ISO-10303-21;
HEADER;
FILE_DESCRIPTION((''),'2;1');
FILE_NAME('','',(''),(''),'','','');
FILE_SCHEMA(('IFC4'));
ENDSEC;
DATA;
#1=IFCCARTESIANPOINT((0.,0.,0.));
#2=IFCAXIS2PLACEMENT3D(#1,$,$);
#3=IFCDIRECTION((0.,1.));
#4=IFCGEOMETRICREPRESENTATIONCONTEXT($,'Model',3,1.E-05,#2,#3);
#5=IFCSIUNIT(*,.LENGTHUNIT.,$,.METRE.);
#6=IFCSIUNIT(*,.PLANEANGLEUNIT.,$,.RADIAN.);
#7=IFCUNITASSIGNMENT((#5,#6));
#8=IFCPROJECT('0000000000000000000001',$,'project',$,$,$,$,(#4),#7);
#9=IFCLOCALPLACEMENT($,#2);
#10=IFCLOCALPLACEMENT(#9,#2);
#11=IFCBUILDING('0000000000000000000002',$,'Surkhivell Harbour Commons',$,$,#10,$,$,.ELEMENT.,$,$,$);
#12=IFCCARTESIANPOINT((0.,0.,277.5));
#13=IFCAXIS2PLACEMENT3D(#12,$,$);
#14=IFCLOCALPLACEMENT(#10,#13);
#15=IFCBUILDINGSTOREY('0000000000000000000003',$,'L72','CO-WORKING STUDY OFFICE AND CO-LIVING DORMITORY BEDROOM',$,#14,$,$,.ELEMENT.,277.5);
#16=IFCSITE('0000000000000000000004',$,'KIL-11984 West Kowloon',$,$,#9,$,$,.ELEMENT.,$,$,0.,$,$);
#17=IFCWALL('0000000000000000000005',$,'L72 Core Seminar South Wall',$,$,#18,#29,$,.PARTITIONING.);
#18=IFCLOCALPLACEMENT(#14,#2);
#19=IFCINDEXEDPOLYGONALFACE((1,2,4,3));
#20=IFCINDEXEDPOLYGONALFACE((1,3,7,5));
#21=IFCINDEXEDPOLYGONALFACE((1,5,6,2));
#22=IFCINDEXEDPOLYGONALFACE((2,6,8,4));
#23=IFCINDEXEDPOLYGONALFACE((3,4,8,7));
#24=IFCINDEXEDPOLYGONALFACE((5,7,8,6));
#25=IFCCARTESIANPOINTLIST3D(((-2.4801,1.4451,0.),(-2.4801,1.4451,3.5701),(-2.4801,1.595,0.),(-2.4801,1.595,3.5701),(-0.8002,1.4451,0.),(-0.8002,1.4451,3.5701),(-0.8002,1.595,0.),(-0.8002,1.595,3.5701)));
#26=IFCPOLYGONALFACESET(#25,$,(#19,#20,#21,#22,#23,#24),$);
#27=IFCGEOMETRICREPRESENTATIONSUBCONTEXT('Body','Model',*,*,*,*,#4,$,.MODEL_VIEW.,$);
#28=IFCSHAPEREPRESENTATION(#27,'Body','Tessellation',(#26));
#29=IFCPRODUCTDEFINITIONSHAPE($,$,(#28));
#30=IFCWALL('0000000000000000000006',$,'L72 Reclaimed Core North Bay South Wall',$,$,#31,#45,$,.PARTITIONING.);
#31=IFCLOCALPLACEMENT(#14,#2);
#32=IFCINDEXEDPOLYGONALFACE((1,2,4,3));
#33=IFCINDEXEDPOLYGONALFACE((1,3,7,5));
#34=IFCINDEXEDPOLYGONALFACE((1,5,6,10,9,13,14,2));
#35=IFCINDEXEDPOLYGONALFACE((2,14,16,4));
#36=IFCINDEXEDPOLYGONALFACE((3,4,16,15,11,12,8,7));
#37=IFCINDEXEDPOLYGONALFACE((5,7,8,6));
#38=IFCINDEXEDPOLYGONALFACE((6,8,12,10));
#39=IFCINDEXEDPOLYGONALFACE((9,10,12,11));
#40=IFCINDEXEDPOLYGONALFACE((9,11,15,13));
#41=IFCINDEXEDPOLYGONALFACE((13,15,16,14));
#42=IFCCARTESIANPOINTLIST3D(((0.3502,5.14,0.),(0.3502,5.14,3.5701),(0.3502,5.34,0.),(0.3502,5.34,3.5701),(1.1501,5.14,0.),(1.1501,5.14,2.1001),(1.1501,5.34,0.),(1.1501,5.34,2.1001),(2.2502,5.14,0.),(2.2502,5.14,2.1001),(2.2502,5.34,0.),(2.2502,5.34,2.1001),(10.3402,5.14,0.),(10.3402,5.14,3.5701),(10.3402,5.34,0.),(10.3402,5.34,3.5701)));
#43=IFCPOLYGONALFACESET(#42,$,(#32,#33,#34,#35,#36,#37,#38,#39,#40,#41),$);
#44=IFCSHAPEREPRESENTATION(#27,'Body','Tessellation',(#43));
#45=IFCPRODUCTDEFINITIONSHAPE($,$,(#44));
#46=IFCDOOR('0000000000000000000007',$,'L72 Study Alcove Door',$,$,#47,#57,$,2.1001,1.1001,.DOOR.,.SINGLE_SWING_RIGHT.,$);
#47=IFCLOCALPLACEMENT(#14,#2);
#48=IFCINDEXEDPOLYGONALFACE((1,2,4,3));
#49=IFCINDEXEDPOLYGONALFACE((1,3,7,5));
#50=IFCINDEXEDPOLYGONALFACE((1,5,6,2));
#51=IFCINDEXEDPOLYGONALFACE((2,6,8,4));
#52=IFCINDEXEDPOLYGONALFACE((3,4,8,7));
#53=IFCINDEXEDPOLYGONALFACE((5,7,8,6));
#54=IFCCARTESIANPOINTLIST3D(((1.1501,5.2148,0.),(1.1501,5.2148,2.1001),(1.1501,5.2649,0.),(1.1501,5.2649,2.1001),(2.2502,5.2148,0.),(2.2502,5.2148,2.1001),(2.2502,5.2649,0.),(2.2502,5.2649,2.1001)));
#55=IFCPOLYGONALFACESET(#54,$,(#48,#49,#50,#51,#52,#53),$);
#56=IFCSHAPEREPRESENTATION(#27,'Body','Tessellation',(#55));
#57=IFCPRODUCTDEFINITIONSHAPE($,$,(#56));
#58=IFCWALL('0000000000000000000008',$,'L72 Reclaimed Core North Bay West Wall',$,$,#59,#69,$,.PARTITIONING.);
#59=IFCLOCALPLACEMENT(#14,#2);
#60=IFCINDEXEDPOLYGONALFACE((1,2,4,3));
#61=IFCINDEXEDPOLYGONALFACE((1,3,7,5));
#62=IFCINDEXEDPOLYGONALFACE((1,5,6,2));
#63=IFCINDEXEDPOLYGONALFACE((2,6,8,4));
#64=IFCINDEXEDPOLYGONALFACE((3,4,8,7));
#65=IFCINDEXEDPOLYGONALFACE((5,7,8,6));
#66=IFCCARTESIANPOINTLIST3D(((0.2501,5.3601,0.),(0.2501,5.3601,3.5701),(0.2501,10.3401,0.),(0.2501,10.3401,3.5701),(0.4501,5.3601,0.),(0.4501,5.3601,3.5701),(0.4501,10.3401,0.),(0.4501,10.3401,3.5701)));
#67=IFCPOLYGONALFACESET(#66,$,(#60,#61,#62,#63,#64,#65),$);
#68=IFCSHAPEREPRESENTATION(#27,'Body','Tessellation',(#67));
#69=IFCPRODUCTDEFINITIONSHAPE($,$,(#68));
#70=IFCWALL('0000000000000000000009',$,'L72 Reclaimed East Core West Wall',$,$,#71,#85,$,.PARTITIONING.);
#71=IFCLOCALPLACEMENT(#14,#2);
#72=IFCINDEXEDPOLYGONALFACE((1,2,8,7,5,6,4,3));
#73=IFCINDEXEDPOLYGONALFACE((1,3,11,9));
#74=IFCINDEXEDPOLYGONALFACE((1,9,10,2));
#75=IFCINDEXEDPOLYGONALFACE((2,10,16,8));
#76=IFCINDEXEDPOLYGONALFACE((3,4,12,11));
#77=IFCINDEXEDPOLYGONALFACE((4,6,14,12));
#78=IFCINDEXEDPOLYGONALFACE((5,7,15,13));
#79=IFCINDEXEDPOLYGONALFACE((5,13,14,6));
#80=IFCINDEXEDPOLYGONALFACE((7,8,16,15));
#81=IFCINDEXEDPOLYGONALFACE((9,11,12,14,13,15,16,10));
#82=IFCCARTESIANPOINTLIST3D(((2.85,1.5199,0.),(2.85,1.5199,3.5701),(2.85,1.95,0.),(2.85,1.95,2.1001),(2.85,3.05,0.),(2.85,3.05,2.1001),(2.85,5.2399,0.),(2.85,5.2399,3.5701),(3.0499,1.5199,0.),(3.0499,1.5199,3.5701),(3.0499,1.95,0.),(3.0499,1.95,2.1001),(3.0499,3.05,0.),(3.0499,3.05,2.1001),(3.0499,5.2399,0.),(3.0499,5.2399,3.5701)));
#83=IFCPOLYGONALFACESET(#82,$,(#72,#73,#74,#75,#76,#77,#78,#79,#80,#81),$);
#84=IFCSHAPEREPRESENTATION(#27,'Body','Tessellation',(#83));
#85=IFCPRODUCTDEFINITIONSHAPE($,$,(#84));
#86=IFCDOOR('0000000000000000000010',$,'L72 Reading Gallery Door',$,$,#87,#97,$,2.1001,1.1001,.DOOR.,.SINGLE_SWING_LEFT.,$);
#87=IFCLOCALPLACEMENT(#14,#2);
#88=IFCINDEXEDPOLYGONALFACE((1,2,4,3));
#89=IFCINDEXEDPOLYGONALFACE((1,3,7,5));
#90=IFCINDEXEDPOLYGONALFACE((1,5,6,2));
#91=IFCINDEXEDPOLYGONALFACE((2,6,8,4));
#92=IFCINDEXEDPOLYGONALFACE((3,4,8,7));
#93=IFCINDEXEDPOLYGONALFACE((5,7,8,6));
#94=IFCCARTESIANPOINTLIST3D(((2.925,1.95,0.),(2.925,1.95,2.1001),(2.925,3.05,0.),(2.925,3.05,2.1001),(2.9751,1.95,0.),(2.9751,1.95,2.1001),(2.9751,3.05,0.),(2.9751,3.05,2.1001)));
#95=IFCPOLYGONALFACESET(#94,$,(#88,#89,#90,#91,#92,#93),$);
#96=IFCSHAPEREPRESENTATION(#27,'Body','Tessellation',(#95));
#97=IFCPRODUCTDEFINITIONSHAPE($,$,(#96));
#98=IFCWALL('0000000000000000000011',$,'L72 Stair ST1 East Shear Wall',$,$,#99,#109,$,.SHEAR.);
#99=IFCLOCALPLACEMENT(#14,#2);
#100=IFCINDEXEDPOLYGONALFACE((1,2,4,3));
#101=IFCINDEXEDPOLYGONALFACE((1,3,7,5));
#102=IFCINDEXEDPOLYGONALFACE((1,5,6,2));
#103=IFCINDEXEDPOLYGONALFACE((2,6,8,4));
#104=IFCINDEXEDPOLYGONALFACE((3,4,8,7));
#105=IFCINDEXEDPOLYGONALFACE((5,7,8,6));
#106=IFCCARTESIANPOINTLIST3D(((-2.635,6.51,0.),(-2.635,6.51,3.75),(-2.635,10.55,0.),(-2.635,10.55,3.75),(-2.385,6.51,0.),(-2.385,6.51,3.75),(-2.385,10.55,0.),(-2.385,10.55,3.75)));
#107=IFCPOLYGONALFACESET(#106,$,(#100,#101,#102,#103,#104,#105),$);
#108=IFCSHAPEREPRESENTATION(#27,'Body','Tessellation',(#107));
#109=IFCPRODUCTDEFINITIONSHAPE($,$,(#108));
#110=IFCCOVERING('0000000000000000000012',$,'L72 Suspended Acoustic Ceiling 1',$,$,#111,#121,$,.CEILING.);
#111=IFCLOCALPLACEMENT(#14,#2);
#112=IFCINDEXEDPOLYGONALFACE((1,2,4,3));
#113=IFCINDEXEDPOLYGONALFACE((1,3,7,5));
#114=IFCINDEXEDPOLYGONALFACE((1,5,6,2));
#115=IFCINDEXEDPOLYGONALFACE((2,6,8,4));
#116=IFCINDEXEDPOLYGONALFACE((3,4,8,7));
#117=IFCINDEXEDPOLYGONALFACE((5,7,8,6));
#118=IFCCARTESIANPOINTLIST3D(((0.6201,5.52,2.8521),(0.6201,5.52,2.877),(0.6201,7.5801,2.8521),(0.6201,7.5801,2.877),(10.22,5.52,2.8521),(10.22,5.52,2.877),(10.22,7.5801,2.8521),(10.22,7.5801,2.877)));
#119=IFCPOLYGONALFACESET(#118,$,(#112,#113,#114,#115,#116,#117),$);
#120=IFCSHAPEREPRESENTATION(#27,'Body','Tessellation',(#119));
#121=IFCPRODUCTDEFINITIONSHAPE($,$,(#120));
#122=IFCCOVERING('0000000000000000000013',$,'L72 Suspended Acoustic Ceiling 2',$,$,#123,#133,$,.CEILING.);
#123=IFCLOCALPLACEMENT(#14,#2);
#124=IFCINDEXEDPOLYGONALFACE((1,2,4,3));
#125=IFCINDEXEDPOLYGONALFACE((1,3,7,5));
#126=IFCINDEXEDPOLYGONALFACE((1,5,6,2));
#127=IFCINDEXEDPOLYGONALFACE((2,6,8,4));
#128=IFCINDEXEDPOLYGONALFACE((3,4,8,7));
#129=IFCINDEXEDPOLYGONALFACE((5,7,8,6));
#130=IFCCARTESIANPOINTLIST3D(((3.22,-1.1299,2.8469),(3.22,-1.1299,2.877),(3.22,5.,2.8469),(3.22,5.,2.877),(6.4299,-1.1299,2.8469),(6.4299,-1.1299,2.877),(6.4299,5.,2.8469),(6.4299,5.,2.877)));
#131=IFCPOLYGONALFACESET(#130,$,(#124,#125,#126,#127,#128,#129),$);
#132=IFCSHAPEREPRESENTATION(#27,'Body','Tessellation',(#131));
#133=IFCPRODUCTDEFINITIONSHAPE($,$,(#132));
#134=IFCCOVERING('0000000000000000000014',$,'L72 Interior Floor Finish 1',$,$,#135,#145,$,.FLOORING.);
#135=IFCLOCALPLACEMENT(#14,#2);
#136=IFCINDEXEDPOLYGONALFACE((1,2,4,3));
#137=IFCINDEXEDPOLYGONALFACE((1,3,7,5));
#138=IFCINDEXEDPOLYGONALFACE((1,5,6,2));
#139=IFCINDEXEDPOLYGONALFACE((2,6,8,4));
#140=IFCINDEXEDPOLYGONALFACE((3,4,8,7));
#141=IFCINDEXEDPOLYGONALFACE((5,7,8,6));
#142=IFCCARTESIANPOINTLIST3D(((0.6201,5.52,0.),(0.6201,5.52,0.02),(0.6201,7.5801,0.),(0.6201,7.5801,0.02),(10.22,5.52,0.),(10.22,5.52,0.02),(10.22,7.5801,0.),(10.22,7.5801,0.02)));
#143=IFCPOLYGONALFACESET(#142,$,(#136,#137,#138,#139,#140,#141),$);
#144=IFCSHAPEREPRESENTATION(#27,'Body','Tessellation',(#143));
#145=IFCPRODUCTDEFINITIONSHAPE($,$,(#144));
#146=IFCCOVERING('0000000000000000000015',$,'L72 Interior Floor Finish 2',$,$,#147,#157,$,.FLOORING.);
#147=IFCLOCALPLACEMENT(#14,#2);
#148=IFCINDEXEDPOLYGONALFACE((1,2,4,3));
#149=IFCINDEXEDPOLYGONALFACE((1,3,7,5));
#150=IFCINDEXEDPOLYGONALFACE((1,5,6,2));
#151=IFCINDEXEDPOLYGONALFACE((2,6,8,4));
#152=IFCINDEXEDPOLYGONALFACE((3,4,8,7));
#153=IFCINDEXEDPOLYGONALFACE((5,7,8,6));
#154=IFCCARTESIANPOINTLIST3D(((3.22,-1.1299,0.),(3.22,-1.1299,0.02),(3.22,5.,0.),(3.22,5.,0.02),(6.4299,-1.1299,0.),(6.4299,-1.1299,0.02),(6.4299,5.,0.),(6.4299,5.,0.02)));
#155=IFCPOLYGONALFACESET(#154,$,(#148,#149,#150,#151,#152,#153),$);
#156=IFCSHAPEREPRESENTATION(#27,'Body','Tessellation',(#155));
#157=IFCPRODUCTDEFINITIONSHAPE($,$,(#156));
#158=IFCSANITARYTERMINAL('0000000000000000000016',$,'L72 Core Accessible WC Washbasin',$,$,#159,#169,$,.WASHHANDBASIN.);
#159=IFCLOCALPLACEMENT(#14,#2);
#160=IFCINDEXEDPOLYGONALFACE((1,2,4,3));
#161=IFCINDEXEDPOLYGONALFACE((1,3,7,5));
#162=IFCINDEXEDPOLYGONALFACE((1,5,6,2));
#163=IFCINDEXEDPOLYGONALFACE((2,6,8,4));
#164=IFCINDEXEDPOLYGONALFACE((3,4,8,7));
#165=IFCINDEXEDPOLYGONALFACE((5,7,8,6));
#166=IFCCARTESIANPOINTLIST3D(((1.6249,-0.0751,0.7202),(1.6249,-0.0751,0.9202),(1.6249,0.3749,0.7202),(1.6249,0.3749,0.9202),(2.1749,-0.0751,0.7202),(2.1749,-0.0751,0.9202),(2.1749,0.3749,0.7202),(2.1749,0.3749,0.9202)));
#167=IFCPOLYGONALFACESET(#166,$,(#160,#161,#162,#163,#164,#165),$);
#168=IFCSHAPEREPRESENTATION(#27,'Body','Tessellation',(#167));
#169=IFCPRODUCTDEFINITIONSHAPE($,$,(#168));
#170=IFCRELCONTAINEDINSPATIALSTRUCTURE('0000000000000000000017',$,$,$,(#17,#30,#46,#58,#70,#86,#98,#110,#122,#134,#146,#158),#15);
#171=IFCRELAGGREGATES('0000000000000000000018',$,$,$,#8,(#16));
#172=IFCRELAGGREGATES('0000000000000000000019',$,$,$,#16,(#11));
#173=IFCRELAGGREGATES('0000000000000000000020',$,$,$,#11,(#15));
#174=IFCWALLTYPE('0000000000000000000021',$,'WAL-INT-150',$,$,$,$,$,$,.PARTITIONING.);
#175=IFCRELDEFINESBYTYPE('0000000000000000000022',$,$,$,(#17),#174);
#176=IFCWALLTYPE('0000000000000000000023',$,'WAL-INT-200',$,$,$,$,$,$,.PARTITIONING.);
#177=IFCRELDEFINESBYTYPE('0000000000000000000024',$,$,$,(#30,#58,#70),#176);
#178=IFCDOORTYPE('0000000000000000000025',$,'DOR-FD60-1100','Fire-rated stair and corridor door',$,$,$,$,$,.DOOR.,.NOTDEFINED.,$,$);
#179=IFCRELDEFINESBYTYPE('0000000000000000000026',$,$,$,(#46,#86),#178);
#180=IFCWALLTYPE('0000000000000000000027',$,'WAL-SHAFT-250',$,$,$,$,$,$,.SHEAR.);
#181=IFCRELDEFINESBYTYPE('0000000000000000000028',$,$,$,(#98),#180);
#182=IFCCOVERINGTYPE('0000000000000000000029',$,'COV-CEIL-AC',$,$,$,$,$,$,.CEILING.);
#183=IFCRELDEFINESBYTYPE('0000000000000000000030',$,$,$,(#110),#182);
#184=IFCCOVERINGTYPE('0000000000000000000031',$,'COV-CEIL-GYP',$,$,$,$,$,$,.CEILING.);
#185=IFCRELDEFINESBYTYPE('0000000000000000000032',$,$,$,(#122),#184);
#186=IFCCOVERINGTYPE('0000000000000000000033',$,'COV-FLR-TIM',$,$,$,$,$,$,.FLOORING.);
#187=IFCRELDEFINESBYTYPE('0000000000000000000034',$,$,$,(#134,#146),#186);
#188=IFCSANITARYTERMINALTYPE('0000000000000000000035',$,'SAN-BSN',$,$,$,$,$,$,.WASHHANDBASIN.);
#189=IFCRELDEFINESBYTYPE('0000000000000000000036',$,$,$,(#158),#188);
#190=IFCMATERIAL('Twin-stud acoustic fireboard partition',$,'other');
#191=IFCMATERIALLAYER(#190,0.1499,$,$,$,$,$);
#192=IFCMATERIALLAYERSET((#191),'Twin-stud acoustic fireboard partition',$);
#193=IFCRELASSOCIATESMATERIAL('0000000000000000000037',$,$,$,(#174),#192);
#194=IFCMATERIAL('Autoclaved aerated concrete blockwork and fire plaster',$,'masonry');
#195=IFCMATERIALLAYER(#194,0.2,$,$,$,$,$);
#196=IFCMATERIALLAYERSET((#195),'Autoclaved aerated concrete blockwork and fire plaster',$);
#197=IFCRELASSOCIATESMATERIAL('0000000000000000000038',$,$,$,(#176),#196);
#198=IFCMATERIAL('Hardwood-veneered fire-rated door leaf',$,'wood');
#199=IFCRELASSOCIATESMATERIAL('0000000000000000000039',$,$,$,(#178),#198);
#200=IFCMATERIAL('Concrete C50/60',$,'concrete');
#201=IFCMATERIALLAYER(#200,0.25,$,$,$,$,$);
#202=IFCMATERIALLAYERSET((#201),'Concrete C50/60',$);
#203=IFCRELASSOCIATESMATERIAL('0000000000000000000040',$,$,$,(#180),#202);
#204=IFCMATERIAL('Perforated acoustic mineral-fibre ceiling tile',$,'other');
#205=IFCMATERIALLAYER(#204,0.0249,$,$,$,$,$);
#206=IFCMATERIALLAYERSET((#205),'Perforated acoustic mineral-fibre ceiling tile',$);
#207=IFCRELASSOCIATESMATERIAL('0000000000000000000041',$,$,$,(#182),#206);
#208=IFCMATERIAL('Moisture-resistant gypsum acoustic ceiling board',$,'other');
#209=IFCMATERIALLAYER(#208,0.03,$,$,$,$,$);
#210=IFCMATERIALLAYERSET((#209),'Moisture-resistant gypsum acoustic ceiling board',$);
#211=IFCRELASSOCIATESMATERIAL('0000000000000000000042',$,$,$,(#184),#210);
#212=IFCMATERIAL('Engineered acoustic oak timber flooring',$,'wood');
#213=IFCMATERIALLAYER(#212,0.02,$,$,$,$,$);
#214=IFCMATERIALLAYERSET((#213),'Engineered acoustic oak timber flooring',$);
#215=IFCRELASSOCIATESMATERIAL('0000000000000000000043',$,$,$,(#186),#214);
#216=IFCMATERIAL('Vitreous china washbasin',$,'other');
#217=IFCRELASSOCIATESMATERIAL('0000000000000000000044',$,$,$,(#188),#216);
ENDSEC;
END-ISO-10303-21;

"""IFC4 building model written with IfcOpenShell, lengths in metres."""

from ifc_helpers import new_model, si_unit, direction, frame, frame_2d, origin, origin_2d, place, context, subcontext, project, spatial, polyline, rectangle, outline, extrude, material, layer, layer_set, type_object, element, fill, save


model = new_model("IFC4")

# Units and contexts
model_context = context("Model", 3, precision=1e-05, world=origin(), true_north=direction((0.0, 1.0)))
body_context = subcontext(model_context, "Body", "Model", "MODEL_VIEW")
ifc_project = project(units=[si_unit("LENGTHUNIT", "METRE"), si_unit("PLANEANGLEUNIT", "RADIAN")], contexts=[model_context])

# Site, building, storey
site_placement = place(None, origin())
site = spatial("IfcSite", under=ifc_project, at=site_placement, Name="KIL-11984 West Kowloon", CompositionType="ELEMENT", RefElevation=0.0)
building_placement = place(site_placement, origin())
building = spatial("IfcBuilding", under=site, at=building_placement, Name="Surkhivell Harbour Commons", CompositionType="ELEMENT")
storey_placement = place(building_placement, frame((0.0, 0.0, 277.5)))
storey = spatial("IfcBuildingStorey", under=building, at=storey_placement, Name="L72", Description="CO-WORKING STUDY OFFICE AND CO-LIVING DORMITORY BEDROOM", CompositionType="ELEMENT", Elevation=277.5)

# Shared definitions
ifc_material_1 = material(Name="Concrete C50/60", Category="concrete")
ifc_material_2 = material(Name="Twin-stud acoustic fireboard partition", Category="other")
ifc_layer_1 = layer(ifc_material_2, 0.1499)
ifc_layer_set_1 = layer_set([ifc_layer_1], Name="Twin-stud acoustic fireboard partition")
wall_type_1 = type_object("IfcWallType", Name="WAL-INT-150", PredefinedType="PARTITIONING", material=ifc_layer_set_1)

# Shared definitions
ifc_material_3 = material(Name="Hardwood-veneered fire-rated door leaf", Category="wood")

# Wall
for number, where, z_axis, x_axis, name in (
    (1, (-2.48, 1.52, 0.0), (0.0, 0.0, 1.0), (1.0, 0.0, 0.0), "L72 Core Seminar South Wall"),
):
    element("IfcWall", number, at=place(storey_placement, frame(where, z_axis=z_axis, x_axis=x_axis)), inside=storey, type_object=wall_type_1, Name=name, PredefinedType="PARTITIONING", context=body_context, shape_type="SweptSolid", body=[
        extrude(rectangle(XDim=1.6799, YDim=0.1499, at=frame_2d((0.8398, 0.0))), origin(), (0.0, 0.0, 1.0), 3.5701),
    ])

# Wall, opening, door
ifc_material_4 = material(Name="Autoclaved aerated concrete blockwork and fire plaster", Category="masonry")
ifc_layer_2 = layer(ifc_material_4, 0.2)
ifc_layer_set_2 = layer_set([ifc_layer_2], Name="Autoclaved aerated concrete blockwork and fire plaster")
wall_type_2 = type_object("IfcWallType", Name="WAL-INT-200", PredefinedType="PARTITIONING", material=ifc_layer_set_2)
wall_1_placement = place(storey_placement, frame((0.3501, 5.24, 0.0), z_axis=(0.0, 0.0, 1.0), x_axis=(1.0, 0.0, 0.0)))
wall_1 = element("IfcWall", 2, at=wall_1_placement, inside=storey, type_object=wall_type_2, Name="L72 Reclaimed Core North Bay South Wall", PredefinedType="PARTITIONING", context=body_context, shape_type="SweptSolid", body=[
    extrude(rectangle(XDim=9.99, YDim=0.2, at=frame_2d((4.9951, 0.0))), origin(), (0.0, 0.0, 1.0), 3.5701),
])
opening_1_placement = place(wall_1_placement, frame((0.8, 0.0, 0.0)))
opening_1 = element("IfcOpeningElement", 3, at=opening_1_placement, cuts=wall_1, PredefinedType="OPENING", context=body_context, shape_type="SweptSolid", body=[
    extrude(rectangle(XDim=1.1001, YDim=2.1001, at=frame_2d((0.55, 1.05))), frame((0.0, 0.1099, 0.0), z_axis=(0.0, -1.0, 0.0), x_axis=(1.0, 0.0, 0.0)), (0.0, 0.0, 1.0), 0.22),
])
door_type_1 = type_object("IfcDoorType", Name="DOR-FD60-1100", Description="Fire-rated stair and corridor door", OperationType="NOTDEFINED", PredefinedType="DOOR", material=ifc_material_3)
door_1_placement = place(opening_1_placement, origin())
door_1 = element("IfcDoor", 4, at=door_1_placement, inside=storey, type_object=door_type_1, Name="L72 Study Alcove Door", OperationType="SINGLE_SWING_RIGHT", OverallHeight=2.1001, OverallWidth=1.1001, PredefinedType="DOOR", context=body_context, shape_type="SweptSolid", body=[
    extrude(rectangle(XDim=1.1001, YDim=2.1001, at=frame_2d((0.55, 1.05))), frame((0.0, 0.0249, 0.0), z_axis=(0.0, -1.0, 0.0), x_axis=(1.0, 0.0, 0.0)), (0.0, 0.0, 1.0), 0.05),
])
fill(opening_1, door_1)

# Wall
wall_2_placement = place(storey_placement, frame((0.3501, 5.3601, 0.0), z_axis=(0.0, 0.0, 1.0), x_axis=(0.0, 1.0, 0.0)))
element("IfcWall", 5, at=wall_2_placement, inside=storey, type_object=wall_type_2, Name="L72 Reclaimed Core North Bay West Wall", PredefinedType="PARTITIONING", context=body_context, shape_type="SweptSolid", body=[
    extrude(rectangle(XDim=4.98, YDim=0.2, at=frame_2d((2.49, 0.0))), origin(), (0.0, 0.0, 1.0), 3.5701),
])

# Wall, opening, door
wall_3_placement = place(storey_placement, frame((2.95, 1.52, 0.0), z_axis=(0.0, 0.0, 1.0), x_axis=(0.0, 1.0, 0.0)))
wall_3 = element("IfcWall", 6, at=wall_3_placement, inside=storey, type_object=wall_type_2, Name="L72 Reclaimed East Core West Wall", PredefinedType="PARTITIONING", context=body_context, shape_type="SweptSolid", body=[
    extrude(rectangle(XDim=3.72, YDim=0.2, at=frame_2d((1.8599, 0.0))), origin(), (0.0, 0.0, 1.0), 3.5701),
])
opening_2_placement = place(wall_3_placement, frame((0.4299, 0.0, 0.0)))
opening_2 = element("IfcOpeningElement", 7, at=opening_2_placement, cuts=wall_3, PredefinedType="OPENING", context=body_context, shape_type="SweptSolid", body=[
    extrude(rectangle(XDim=1.1001, YDim=2.1001, at=frame_2d((0.55, 1.05))), frame((0.0, 0.1099, 0.0), z_axis=(0.0, -1.0, 0.0), x_axis=(1.0, 0.0, 0.0)), (0.0, 0.0, 1.0), 0.22),
])
door_2_placement = place(opening_2_placement, origin())
door_2 = element("IfcDoor", 8, at=door_2_placement, inside=storey, type_object=door_type_1, Name="L72 Reading Gallery Door", OperationType="SINGLE_SWING_LEFT", OverallHeight=2.1001, OverallWidth=1.1001, PredefinedType="DOOR", context=body_context, shape_type="SweptSolid", body=[
    extrude(rectangle(XDim=1.1001, YDim=2.1001, at=frame_2d((0.55, 1.05))), frame((0.0, 0.0249, 0.0), z_axis=(0.0, -1.0, 0.0), x_axis=(1.0, 0.0, 0.0)), (0.0, 0.0, 1.0), 0.05),
])
fill(opening_2, door_2)

# Wall
ifc_layer_3 = layer(ifc_material_1, 0.25)
ifc_layer_set_3 = layer_set([ifc_layer_3], Name="Concrete C50/60")
wall_type_3 = type_object("IfcWallType", Name="WAL-SHAFT-250", PredefinedType="SHEAR", material=ifc_layer_set_3)
wall_4_placement = place(storey_placement, frame((-2.51, 6.51, 0.0), z_axis=(0.0, 0.0, 1.0), x_axis=(0.0, 1.0, 0.0)))
element("IfcWall", 9, at=wall_4_placement, inside=storey, type_object=wall_type_3, Name="L72 Stair ST1 East Shear Wall", PredefinedType="SHEAR", context=body_context, shape_type="SweptSolid", body=[
    extrude(rectangle(XDim=4.04, YDim=0.25, at=frame_2d((2.02, 0.0))), origin(), (0.0, 0.0, 1.0), 3.75),
])

# Coverings
ifc_material_5 = material(Name="Perforated acoustic mineral-fibre ceiling tile", Category="other")
ifc_layer_4 = layer(ifc_material_5, 0.0249)
ifc_layer_set_4 = layer_set([ifc_layer_4], Name="Perforated acoustic mineral-fibre ceiling tile")
covering_type_1 = type_object("IfcCoveringType", Name="COV-CEIL-AC", PredefinedType="CEILING", material=ifc_layer_set_4)
covering_1_placement = place(storey_placement, frame((0.0, 0.0, 2.8521)))
element("IfcCovering", 10, at=covering_1_placement, inside=storey, type_object=covering_type_1, Name="L72 Suspended Acoustic Ceiling 1", PredefinedType="CEILING", context=body_context, shape_type="SweptSolid", body=[
    extrude(outline(polyline([(0.6201, 5.52), (10.22, 5.52), (10.22, 7.5801), (0.6201, 7.5801), (0.6201, 5.52)])), origin(), (0.0, 0.0, 1.0), 0.0249),
])
ifc_material_6 = material(Name="Moisture-resistant gypsum acoustic ceiling board", Category="other")
ifc_layer_5 = layer(ifc_material_6, 0.03)
ifc_layer_set_5 = layer_set([ifc_layer_5], Name="Moisture-resistant gypsum acoustic ceiling board")
covering_type_2 = type_object("IfcCoveringType", Name="COV-CEIL-GYP", PredefinedType="CEILING", material=ifc_layer_set_5)
covering_2_placement = place(storey_placement, frame((0.0, 0.0, 2.8469)))
element("IfcCovering", 11, at=covering_2_placement, inside=storey, type_object=covering_type_2, Name="L72 Suspended Acoustic Ceiling 2", PredefinedType="CEILING", context=body_context, shape_type="SweptSolid", body=[
    extrude(outline(polyline([(3.22, -1.1299), (6.4299, -1.1299), (6.4299, 5.0), (3.22, 5.0), (3.22, -1.1299)])), origin(), (0.0, 0.0, 1.0), 0.03),
])
ifc_material_7 = material(Name="Engineered acoustic oak timber flooring", Category="wood")
ifc_layer_6 = layer(ifc_material_7, 0.02)
ifc_layer_set_6 = layer_set([ifc_layer_6], Name="Engineered acoustic oak timber flooring")
covering_type_3 = type_object("IfcCoveringType", Name="COV-FLR-TIM", PredefinedType="FLOORING", material=ifc_layer_set_6)
covering_3_placement = place(storey_placement, origin())
element("IfcCovering", 12, at=covering_3_placement, inside=storey, type_object=covering_type_3, Name="L72 Interior Floor Finish 1", PredefinedType="FLOORING", context=body_context, shape_type="SweptSolid", body=[
    extrude(outline(polyline([(0.6201, 5.52), (10.22, 5.52), (10.22, 7.5801), (0.6201, 7.5801), (0.6201, 5.52)])), origin(), (0.0, 0.0, 1.0), 0.02),
])
covering_4_placement = place(storey_placement, origin())
element("IfcCovering", 13, at=covering_4_placement, inside=storey, type_object=covering_type_3, Name="L72 Interior Floor Finish 2", PredefinedType="FLOORING", context=body_context, shape_type="SweptSolid", body=[
    extrude(outline(polyline([(3.22, -1.1299), (6.4299, -1.1299), (6.4299, 5.0), (3.22, 5.0), (3.22, -1.1299)])), origin(), (0.0, 0.0, 1.0), 0.02),
])

# Sanitary terminal
ifc_material_8 = material(Name="Vitreous china washbasin", Category="other")
sanitary_terminal_type_1 = type_object("IfcSanitaryTerminalType", Name="SAN-BSN", PredefinedType="WASHHANDBASIN", material=ifc_material_8)
sanitary_terminal_1_placement = place(storey_placement, frame((1.8999, 0.1499, 0.7202), z_axis=(0.0, 0.0, 1.0), x_axis=(1.0, 0.0, 0.0)))
element("IfcSanitaryTerminal", 14, at=sanitary_terminal_1_placement, inside=storey, type_object=sanitary_terminal_type_1, Name="L72 Core Accessible WC Washbasin", PredefinedType="WASHHANDBASIN", context=body_context, shape_type="SweptSolid", body=[
    extrude(rectangle(XDim=0.55, YDim=0.45, at=origin_2d()), origin(), (0.0, 0.0, 1.0), 0.2),
])

save(model, "model.ifc")
